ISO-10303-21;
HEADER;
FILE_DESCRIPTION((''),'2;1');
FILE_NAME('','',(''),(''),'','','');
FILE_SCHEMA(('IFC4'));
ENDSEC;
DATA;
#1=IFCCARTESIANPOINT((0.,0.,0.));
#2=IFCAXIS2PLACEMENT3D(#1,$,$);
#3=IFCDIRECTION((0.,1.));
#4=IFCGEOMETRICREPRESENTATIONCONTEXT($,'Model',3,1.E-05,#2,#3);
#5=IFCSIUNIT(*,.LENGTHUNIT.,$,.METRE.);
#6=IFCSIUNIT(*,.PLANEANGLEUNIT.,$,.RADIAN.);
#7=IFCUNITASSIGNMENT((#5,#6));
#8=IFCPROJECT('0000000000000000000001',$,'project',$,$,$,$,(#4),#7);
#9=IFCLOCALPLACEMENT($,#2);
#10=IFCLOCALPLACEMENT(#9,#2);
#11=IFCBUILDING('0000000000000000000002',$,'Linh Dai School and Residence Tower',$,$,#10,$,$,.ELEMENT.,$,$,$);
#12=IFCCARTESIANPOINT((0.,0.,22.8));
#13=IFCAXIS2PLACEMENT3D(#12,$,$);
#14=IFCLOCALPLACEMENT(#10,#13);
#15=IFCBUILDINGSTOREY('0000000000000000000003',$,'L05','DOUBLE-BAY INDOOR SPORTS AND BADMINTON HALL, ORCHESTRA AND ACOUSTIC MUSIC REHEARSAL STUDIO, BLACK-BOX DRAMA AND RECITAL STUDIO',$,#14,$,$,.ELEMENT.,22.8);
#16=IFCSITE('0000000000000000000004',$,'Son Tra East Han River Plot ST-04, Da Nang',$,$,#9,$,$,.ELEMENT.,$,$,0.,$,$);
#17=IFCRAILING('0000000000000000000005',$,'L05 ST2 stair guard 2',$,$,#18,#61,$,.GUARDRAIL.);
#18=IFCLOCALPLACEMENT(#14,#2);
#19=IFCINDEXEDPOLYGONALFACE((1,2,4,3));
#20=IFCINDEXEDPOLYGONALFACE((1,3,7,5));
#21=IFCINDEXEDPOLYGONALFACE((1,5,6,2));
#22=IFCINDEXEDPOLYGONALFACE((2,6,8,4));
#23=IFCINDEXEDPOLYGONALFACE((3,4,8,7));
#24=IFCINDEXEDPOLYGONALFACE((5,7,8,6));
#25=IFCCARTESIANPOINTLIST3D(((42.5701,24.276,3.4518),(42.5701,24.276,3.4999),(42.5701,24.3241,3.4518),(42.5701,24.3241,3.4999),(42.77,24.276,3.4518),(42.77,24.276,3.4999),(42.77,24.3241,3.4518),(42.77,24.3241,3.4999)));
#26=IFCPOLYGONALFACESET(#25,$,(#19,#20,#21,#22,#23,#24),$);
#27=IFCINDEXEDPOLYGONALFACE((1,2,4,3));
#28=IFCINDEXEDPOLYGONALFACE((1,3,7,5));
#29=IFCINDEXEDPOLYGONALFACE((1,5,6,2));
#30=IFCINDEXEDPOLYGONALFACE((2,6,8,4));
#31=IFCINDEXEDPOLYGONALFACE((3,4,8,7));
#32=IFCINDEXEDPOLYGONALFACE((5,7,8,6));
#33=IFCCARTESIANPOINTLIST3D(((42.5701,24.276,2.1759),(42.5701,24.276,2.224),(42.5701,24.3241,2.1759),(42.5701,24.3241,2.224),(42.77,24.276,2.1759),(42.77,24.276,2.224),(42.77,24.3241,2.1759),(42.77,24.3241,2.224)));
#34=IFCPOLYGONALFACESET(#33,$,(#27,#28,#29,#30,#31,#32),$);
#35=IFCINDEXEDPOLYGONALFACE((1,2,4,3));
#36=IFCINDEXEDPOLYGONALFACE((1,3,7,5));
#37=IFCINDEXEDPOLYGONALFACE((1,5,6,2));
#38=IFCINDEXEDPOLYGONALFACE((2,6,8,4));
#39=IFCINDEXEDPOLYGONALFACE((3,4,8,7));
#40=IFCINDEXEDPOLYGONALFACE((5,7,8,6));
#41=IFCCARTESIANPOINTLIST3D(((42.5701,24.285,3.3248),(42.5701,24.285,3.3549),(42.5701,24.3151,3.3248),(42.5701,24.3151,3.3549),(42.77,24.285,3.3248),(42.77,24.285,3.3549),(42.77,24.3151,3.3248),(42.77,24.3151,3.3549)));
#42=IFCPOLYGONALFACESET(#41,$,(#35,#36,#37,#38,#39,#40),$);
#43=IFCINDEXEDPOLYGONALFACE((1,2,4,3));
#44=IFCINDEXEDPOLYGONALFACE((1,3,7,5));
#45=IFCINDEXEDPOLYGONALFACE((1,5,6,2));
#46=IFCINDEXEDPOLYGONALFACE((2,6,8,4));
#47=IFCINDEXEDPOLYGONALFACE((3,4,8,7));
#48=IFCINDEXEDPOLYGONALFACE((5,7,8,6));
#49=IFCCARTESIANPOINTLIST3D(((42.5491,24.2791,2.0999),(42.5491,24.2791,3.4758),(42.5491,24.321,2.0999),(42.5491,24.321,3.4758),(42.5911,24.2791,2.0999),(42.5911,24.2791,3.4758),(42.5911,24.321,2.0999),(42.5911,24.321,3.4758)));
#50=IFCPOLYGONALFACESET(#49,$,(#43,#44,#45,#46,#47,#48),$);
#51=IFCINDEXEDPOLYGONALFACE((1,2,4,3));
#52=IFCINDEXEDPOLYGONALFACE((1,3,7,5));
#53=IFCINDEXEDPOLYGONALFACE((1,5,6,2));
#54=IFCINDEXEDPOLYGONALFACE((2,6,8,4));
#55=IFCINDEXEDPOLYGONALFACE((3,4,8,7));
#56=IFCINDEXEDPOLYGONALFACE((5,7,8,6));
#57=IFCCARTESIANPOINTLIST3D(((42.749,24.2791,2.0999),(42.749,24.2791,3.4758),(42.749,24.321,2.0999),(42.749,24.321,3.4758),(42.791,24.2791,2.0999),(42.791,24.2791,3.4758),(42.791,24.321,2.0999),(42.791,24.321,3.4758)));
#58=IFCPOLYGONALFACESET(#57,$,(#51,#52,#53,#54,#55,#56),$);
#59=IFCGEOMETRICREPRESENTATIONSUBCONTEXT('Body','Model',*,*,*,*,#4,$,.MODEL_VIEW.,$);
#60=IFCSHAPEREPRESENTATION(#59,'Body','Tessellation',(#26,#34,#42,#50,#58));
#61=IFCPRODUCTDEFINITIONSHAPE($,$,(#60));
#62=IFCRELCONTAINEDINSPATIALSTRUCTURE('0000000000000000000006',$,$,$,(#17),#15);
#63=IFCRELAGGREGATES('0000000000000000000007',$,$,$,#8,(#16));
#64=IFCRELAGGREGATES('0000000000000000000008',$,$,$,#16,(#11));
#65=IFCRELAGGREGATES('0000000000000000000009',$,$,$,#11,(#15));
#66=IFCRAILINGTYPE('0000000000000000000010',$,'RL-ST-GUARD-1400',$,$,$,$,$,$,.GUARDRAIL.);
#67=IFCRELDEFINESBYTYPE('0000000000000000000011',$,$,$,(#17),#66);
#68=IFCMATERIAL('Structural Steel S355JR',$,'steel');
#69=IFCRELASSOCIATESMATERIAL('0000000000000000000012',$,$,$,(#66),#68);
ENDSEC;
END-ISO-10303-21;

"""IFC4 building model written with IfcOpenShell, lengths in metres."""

from ifc_helpers import new_model, si_unit, direction, frame, origin, origin_2d, place, context, subcontext, project, spatial, rectangle, extrude, source, transform, mapped, material, type_object, element, save


model = new_model("IFC4")

# Units and contexts
model_context = context("Model", 3, precision=1e-05, world=origin(), true_north=direction((0.0, 1.0)))
body_context = subcontext(model_context, "Body", "Model", "MODEL_VIEW")
ifc_project = project(units=[si_unit("LENGTHUNIT", "METRE"), si_unit("PLANEANGLEUNIT", "RADIAN")], contexts=[model_context])

# Site, building, storey
site_placement = place(None, origin())
site = spatial("IfcSite", under=ifc_project, at=site_placement, Name="Son Tra East Han River Plot ST-04, Da Nang", CompositionType="ELEMENT", RefElevation=0.0)
building_placement = place(site_placement, origin())
building = spatial("IfcBuilding", under=site, at=building_placement, Name="Linh Dai School and Residence Tower", CompositionType="ELEMENT")
storey_placement = place(building_placement, frame((0.0, 0.0, 22.8)))
storey = spatial("IfcBuildingStorey", under=building, at=storey_placement, Name="L05", Description="DOUBLE-BAY INDOOR SPORTS AND BADMINTON HALL, ORCHESTRA AND ACOUSTIC MUSIC REHEARSAL STUDIO, BLACK-BOX DRAMA AND RECITAL STUDIO", CompositionType="ELEMENT", Elevation=22.8)

# Shared definitions
ifc_material_1 = material(Name="Structural Steel S355JR", Category="steel")

# Railing
railing_type = type_object("IfcRailingType", Name="RL-ST-GUARD-1400", PredefinedType="GUARDRAIL", material=ifc_material_1)
shared_shape_1 = source(origin(), body_context, "Body", "SweptSolid", [
    extrude(rectangle(XDim=0.0481, YDim=0.0481, at=origin_2d()), frame((0.0, 0.0, 1.376), z_axis=(1.0, 0.0, 0.0), x_axis=(0.0, 1.0, 0.0)), (0.0, 0.0, 1.0), 0.2),
    extrude(rectangle(XDim=0.0481, YDim=0.0481, at=origin_2d()), frame((0.0, 0.0, 0.1001), z_axis=(1.0, 0.0, 0.0), x_axis=(0.0, 1.0, 0.0)), (0.0, 0.0, 1.0), 0.2),
    extrude(rectangle(XDim=0.03, YDim=0.03, at=origin_2d()), frame((0.0, 0.0, 1.24), z_axis=(1.0, 0.0, 0.0), x_axis=(0.0, 1.0, 0.0)), (0.0, 0.0, 1.0), 0.2),
    extrude(rectangle(XDim=0.042, YDim=0.042, at=origin_2d()), origin(), (0.0, 0.0, 1.0), 1.376),
    extrude(rectangle(XDim=0.042, YDim=0.042, at=origin_2d()), frame((0.2, 0.0, 0.0)), (0.0, 0.0, 1.0), 1.376),
])
railing_1_placement = place(storey_placement, frame((42.5701, 24.3, 2.0999)))
element("IfcRailing", 1, at=railing_1_placement, inside=storey, type_object=railing_type, Name="L05 ST2 stair guard 2", PredefinedType="GUARDRAIL", context=body_context, shape_type="MappedRepresentation", body=[
    mapped(shared_shape_1, transform((0.0, 0.0, 0.0), x_axis=(1.0, 0.0, 0.0), y_axis=(0.0, 1.0, 0.0), z_axis=(0.0, 0.0, 1.0), scale=1.0)),
])

save(model, "model.ifc")
